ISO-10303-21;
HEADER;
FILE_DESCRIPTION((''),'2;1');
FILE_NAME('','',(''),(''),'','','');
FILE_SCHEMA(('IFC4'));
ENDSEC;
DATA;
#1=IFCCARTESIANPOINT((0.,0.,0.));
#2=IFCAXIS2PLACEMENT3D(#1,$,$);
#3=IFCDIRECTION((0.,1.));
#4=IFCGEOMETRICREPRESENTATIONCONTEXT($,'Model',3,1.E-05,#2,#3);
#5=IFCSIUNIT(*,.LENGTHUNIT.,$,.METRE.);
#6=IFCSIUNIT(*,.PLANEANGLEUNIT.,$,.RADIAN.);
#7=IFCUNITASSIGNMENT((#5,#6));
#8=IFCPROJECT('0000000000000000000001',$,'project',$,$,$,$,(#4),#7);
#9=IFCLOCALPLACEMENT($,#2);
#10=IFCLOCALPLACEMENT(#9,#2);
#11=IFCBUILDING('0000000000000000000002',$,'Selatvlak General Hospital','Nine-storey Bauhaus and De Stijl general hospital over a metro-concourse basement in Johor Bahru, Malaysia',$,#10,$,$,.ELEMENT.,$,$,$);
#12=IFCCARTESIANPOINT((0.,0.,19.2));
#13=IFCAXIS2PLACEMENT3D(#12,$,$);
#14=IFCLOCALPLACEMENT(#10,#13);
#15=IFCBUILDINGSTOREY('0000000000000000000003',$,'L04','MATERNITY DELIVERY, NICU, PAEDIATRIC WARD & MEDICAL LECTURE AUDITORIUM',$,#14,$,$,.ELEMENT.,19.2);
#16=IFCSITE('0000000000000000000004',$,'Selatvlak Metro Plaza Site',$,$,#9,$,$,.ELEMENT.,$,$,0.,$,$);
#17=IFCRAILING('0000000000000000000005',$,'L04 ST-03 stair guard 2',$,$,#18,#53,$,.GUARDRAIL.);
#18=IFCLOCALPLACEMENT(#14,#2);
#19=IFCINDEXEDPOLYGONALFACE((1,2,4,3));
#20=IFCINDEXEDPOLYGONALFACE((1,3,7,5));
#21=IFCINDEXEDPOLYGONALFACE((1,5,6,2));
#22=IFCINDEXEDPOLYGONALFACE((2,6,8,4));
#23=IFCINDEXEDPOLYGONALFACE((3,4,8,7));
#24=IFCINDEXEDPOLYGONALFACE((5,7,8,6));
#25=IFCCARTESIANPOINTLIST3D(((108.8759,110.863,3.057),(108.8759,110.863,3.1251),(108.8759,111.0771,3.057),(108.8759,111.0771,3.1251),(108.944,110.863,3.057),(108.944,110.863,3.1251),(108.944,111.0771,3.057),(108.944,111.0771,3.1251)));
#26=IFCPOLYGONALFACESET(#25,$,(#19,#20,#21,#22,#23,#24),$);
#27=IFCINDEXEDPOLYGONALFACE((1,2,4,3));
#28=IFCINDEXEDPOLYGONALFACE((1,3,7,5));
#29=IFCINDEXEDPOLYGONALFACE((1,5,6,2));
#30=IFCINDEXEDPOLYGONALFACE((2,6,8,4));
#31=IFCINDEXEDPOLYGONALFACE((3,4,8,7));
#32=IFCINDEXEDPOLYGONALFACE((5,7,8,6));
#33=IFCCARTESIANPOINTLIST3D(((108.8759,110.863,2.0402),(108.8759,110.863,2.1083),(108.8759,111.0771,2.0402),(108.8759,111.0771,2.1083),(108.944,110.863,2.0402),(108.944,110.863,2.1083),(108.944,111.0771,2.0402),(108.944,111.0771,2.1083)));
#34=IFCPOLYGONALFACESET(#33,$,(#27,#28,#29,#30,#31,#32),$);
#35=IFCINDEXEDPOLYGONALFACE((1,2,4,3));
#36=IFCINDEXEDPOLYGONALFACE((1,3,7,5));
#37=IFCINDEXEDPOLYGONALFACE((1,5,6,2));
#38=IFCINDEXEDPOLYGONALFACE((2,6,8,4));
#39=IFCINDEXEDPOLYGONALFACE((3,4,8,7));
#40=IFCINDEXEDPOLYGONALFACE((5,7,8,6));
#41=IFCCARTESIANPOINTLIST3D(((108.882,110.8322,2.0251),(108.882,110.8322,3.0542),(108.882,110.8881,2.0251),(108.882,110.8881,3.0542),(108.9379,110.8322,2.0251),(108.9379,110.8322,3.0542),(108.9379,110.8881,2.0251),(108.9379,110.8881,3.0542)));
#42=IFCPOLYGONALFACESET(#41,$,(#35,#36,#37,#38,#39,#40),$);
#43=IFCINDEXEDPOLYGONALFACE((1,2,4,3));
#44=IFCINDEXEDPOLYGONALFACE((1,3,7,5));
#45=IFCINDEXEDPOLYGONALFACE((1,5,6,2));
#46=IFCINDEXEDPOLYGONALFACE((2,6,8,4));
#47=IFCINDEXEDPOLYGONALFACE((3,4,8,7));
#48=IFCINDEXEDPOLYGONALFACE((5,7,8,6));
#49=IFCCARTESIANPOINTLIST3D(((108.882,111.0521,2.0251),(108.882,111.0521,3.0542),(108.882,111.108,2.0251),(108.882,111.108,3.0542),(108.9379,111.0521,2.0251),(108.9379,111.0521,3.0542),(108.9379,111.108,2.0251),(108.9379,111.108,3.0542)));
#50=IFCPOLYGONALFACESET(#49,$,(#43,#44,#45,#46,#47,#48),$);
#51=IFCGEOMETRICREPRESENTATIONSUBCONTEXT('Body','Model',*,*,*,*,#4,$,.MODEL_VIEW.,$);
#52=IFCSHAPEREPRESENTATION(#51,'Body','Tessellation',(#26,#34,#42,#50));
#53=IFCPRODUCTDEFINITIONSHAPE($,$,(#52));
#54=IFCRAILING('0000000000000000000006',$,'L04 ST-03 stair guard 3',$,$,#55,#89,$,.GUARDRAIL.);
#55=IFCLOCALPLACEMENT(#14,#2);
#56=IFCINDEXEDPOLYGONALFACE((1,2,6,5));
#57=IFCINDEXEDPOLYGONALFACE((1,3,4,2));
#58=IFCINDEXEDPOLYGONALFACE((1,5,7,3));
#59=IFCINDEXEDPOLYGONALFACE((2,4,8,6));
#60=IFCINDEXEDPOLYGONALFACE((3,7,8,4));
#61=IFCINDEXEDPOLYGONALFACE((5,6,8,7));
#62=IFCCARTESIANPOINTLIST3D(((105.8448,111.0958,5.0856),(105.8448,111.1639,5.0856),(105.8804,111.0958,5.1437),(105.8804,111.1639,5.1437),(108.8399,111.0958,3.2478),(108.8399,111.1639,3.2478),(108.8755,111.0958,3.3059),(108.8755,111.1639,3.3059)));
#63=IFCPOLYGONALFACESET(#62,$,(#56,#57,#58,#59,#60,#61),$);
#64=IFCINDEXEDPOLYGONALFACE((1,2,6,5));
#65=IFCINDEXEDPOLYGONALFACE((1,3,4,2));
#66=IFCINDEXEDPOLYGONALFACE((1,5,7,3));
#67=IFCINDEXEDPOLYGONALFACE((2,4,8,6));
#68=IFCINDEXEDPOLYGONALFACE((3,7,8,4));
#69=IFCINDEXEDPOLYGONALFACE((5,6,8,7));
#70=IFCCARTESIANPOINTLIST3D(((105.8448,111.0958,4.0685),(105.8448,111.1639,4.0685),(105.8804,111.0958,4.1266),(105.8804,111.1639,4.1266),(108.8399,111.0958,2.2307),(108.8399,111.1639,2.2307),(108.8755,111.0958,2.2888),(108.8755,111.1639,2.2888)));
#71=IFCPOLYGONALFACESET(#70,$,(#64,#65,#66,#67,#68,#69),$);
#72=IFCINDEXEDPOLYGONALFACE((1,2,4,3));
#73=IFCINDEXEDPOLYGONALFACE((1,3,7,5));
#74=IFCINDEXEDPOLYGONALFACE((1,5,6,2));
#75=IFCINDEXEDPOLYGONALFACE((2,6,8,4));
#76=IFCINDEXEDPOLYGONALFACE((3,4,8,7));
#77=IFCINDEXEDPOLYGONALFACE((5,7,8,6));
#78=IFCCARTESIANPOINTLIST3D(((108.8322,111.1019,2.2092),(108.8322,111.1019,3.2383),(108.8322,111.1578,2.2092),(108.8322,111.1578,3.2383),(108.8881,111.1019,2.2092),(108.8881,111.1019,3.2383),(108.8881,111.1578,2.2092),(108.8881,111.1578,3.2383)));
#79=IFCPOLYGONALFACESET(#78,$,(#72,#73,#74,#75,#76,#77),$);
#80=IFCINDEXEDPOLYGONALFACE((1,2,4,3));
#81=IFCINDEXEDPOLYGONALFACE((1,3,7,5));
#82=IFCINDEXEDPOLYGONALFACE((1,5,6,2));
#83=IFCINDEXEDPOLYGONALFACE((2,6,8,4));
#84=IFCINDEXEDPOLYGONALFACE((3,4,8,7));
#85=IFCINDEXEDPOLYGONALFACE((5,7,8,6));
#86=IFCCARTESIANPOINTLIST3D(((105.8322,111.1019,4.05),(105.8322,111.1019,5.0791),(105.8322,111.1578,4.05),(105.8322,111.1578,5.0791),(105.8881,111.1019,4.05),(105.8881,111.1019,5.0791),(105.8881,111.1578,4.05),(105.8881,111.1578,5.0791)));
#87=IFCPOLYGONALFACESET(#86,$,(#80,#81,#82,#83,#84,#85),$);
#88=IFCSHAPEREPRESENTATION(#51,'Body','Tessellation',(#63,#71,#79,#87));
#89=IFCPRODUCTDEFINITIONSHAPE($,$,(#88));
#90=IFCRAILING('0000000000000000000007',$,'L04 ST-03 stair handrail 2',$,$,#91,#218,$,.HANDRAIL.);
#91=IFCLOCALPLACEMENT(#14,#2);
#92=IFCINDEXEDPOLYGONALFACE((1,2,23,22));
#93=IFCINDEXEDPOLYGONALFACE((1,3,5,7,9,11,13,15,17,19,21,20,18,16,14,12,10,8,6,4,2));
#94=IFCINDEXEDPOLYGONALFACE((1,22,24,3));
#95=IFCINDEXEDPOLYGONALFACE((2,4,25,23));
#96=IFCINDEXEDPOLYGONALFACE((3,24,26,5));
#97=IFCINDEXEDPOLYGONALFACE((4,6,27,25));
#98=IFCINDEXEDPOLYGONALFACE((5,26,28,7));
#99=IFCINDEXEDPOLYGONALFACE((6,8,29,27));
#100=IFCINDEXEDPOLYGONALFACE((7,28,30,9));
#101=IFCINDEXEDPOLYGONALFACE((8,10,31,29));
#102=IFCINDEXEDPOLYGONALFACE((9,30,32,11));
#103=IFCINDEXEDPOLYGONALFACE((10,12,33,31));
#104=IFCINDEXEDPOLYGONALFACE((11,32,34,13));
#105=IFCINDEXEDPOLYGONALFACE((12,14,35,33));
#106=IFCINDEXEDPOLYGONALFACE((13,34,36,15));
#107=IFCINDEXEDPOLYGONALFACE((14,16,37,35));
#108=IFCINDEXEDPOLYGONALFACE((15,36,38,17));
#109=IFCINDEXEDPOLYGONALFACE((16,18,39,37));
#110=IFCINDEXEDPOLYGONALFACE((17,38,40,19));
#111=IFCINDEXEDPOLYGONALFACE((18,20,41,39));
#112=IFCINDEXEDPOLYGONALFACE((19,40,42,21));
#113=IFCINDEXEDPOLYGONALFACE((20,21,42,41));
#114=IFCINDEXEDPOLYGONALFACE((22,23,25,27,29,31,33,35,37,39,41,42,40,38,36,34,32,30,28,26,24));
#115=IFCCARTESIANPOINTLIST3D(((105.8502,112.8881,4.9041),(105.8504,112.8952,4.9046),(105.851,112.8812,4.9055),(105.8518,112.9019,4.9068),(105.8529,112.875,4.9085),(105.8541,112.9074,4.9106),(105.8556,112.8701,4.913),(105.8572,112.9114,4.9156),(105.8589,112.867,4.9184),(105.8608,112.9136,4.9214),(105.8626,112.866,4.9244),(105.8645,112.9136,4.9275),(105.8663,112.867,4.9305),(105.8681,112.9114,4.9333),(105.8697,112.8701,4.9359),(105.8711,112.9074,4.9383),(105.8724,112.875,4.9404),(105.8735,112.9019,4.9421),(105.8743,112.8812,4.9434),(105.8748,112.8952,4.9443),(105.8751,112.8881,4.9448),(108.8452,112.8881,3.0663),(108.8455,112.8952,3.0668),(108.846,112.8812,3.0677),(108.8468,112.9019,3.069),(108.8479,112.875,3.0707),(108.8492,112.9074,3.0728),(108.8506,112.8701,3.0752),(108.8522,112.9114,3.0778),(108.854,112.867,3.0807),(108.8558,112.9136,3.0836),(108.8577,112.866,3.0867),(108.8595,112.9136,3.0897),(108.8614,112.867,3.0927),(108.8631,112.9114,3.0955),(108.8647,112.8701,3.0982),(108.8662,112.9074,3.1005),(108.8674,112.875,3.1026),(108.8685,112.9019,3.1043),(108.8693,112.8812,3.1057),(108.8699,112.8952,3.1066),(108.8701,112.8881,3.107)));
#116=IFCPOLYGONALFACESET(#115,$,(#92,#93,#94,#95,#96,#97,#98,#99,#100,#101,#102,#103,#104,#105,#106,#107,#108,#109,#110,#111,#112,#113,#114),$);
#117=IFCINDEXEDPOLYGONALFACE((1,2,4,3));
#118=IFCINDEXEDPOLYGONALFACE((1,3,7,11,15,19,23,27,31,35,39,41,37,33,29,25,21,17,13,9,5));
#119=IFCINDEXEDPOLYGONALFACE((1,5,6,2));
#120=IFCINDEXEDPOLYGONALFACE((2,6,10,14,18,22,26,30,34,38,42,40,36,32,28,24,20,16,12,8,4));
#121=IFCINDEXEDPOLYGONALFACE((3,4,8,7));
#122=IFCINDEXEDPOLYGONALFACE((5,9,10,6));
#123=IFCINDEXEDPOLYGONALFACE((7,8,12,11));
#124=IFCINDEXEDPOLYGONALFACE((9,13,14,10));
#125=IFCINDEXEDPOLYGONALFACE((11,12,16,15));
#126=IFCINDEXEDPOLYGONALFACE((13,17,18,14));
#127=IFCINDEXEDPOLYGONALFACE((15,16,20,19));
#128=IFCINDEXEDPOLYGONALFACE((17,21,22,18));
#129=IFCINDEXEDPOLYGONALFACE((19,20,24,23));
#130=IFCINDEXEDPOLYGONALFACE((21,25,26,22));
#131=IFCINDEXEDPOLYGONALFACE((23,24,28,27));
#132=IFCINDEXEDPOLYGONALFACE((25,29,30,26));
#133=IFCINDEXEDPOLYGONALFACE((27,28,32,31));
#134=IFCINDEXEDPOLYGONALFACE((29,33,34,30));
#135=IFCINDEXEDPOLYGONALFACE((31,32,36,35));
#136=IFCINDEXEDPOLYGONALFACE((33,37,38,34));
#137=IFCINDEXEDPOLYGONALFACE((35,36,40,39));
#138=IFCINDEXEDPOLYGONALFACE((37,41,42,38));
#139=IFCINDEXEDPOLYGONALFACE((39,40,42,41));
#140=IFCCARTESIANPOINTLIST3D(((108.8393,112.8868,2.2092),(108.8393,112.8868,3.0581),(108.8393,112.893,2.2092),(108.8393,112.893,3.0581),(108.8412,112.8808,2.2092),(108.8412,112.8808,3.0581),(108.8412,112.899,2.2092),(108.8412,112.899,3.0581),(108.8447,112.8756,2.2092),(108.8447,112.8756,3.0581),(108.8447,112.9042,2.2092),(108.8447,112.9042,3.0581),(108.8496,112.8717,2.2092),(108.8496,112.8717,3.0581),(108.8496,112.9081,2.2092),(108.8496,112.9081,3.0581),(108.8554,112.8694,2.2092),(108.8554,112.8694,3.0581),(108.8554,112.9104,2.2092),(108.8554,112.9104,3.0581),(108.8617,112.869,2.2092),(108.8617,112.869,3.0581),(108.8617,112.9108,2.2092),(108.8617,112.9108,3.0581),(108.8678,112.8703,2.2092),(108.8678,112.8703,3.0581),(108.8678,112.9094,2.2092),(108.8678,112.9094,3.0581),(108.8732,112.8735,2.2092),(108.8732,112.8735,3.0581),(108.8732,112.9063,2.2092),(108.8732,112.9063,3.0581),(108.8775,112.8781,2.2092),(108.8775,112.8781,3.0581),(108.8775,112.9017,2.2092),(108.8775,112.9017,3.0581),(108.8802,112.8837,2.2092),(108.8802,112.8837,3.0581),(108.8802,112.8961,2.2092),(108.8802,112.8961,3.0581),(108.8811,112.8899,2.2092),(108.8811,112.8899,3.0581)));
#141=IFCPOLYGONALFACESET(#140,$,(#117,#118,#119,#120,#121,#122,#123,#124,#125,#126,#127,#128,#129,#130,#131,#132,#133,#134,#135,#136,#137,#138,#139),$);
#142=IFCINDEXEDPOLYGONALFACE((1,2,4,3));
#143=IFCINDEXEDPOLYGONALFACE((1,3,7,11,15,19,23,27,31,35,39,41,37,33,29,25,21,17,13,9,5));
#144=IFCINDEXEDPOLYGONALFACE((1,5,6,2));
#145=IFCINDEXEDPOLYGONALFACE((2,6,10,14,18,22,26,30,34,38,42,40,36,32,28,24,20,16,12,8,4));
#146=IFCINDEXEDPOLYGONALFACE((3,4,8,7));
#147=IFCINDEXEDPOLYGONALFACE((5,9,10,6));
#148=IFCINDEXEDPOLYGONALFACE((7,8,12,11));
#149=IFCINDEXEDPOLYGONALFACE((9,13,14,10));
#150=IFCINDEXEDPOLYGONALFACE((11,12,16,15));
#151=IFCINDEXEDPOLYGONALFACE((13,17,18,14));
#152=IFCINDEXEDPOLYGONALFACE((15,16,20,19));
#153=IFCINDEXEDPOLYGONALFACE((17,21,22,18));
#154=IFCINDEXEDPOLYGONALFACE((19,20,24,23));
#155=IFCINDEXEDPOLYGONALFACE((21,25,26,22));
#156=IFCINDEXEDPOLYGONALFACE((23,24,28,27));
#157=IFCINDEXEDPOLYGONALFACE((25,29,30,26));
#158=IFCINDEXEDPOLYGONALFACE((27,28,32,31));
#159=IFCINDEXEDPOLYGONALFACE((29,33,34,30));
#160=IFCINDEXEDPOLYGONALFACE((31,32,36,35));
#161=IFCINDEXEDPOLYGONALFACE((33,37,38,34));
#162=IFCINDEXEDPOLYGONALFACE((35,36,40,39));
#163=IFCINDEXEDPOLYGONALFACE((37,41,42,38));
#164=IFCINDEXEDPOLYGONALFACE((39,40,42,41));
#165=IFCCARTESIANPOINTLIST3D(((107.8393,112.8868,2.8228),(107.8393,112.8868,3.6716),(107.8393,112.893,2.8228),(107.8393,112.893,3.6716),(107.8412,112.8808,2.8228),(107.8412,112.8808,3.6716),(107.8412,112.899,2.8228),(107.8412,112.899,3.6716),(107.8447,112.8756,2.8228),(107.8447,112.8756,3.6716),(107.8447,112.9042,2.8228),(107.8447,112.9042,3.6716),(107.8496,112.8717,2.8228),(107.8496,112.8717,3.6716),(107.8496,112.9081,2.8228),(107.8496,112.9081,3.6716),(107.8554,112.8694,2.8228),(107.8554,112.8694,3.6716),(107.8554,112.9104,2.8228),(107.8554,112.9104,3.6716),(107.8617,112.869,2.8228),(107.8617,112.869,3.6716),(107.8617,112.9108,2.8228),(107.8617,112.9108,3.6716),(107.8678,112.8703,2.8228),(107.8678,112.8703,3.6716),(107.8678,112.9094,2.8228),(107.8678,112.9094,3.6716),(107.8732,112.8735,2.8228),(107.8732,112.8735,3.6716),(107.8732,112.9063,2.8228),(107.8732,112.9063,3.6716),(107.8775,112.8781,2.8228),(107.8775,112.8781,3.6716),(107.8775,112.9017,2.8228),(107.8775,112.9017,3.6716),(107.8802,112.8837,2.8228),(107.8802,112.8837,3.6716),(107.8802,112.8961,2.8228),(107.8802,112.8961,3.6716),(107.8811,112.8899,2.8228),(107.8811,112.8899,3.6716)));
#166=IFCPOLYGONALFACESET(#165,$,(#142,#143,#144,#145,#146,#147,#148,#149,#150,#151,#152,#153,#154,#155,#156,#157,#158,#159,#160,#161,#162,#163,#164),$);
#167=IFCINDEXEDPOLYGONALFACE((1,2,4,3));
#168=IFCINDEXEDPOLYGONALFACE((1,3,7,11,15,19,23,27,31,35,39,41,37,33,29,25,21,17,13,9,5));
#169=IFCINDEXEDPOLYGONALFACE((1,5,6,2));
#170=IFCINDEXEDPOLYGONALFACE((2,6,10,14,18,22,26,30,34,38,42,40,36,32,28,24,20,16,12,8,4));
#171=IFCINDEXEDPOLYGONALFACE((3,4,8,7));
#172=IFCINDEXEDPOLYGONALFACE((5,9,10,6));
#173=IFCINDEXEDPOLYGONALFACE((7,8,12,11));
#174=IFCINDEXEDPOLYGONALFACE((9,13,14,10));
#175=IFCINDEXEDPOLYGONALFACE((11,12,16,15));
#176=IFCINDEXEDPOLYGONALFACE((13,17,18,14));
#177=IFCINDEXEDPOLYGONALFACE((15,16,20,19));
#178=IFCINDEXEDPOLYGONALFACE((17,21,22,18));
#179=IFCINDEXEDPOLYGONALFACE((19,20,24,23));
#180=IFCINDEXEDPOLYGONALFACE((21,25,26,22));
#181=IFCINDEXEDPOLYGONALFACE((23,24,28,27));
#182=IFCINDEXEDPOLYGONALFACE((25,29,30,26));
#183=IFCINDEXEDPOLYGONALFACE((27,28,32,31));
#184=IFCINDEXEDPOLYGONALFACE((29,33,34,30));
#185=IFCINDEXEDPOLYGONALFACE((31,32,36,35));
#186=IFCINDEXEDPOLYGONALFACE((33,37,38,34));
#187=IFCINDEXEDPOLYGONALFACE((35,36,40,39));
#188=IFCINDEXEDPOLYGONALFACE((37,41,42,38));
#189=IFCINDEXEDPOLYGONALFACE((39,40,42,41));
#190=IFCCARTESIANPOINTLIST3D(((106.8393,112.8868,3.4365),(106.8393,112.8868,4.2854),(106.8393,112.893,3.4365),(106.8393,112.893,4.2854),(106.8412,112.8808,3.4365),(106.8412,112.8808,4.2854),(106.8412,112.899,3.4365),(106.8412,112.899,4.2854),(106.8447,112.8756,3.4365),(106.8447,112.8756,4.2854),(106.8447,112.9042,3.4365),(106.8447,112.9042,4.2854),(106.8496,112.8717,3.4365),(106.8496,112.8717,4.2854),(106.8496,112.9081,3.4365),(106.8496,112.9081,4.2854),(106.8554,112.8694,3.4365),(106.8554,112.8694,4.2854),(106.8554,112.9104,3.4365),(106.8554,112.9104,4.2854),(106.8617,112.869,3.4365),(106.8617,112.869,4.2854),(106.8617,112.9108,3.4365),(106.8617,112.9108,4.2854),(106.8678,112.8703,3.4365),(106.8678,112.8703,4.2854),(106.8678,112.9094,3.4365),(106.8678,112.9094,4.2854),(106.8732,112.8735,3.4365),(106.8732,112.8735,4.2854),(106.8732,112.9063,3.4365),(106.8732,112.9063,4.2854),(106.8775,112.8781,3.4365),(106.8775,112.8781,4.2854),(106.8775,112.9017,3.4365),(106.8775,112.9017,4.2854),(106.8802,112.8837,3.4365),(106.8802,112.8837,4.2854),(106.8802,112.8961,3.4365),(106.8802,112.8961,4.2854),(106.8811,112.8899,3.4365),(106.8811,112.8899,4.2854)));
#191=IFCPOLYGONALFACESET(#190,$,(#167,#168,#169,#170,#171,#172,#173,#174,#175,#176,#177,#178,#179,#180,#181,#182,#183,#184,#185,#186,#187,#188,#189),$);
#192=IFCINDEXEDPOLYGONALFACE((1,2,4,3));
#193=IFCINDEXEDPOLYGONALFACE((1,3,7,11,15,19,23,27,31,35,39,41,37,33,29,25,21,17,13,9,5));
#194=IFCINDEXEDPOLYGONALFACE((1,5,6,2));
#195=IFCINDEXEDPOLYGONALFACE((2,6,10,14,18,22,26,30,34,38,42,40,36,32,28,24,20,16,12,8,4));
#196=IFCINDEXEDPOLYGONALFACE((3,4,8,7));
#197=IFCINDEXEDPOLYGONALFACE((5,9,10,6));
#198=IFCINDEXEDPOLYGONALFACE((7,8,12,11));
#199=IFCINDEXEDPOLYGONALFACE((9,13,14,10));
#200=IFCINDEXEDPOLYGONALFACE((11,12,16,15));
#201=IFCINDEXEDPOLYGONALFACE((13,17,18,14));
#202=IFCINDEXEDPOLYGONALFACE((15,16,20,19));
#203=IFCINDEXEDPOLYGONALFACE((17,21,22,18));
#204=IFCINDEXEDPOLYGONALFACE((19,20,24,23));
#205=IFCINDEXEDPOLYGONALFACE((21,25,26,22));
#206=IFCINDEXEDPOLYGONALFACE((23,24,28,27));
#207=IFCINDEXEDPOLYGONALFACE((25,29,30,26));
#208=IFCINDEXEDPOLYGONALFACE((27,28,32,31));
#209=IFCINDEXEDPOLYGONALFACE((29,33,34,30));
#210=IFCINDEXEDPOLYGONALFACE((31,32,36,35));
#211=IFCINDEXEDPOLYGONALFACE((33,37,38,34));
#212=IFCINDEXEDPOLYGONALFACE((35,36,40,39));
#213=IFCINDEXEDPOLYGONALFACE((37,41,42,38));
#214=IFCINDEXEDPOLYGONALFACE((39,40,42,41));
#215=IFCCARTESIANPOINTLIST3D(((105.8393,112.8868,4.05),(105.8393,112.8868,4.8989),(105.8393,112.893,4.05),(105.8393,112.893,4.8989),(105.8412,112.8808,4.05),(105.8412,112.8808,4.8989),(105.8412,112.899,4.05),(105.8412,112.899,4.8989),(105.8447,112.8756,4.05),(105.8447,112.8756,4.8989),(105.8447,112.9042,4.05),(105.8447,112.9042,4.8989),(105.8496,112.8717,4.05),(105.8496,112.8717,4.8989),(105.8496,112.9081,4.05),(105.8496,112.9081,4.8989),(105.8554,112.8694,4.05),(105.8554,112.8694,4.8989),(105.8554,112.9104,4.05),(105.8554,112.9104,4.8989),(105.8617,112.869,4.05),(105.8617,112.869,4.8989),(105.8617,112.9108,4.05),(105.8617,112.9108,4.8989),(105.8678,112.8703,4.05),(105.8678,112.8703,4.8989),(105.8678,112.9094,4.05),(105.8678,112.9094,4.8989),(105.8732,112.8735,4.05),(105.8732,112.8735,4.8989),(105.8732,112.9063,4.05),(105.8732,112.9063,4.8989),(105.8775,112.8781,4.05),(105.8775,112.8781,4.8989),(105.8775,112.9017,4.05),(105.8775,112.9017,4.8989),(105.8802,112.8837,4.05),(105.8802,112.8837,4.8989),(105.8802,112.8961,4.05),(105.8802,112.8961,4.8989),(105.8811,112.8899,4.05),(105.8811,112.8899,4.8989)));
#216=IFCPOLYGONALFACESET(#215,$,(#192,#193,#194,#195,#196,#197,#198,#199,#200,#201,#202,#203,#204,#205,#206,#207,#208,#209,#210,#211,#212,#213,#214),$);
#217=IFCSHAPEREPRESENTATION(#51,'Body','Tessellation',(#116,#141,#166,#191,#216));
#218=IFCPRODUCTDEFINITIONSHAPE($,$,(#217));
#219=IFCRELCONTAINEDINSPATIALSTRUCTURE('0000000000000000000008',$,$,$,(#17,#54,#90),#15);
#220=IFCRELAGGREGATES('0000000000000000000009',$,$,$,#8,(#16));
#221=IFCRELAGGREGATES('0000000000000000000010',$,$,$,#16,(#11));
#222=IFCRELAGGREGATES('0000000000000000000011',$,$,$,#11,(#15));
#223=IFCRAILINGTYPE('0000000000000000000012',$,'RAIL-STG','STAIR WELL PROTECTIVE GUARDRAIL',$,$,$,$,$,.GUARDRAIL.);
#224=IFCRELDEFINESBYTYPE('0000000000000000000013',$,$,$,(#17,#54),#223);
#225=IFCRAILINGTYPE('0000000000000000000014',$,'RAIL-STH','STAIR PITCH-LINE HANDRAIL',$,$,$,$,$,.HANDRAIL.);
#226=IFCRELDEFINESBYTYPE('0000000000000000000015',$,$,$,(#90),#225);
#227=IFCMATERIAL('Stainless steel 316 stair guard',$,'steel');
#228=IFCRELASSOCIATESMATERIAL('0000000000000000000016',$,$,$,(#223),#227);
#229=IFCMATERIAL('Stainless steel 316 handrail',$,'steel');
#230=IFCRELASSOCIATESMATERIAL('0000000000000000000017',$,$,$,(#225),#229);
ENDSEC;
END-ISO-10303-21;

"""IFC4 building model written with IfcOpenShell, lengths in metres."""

from ifc_helpers import new_model, si_unit, direction, frame, origin, origin_2d, place, context, subcontext, project, spatial, rectangle, circle, extrude, material, type_object, element, save


model = new_model("IFC4")

# Units and contexts
model_context = context("Model", 3, precision=1e-05, world=origin(), true_north=direction((0.0, 1.0)))
body_context = subcontext(model_context, "Body", "Model", "MODEL_VIEW")
ifc_project = project(units=[si_unit("LENGTHUNIT", "METRE"), si_unit("PLANEANGLEUNIT", "RADIAN")], contexts=[model_context])

# Site, building, storey
site_placement = place(None, origin())
site = spatial("IfcSite", under=ifc_project, at=site_placement, Name="Selatvlak Metro Plaza Site", CompositionType="ELEMENT", RefElevation=0.0)
building_placement = place(site_placement, origin())
building = spatial("IfcBuilding", under=site, at=building_placement, Name="Selatvlak General Hospital", Description="Nine-storey Bauhaus and De Stijl general hospital over a metro-concourse basement in Johor Bahru, Malaysia", CompositionType="ELEMENT")
storey_placement = place(building_placement, frame((0.0, 0.0, 19.2)))
storey = spatial("IfcBuildingStorey", under=building, at=storey_placement, Name="L04", Description="MATERNITY DELIVERY, NICU, PAEDIATRIC WARD & MEDICAL LECTURE AUDITORIUM", CompositionType="ELEMENT", Elevation=19.2)

# Railings
ifc_material_1 = material(Name="Stainless steel 316 stair guard", Category="steel")
railing_type_1 = type_object("IfcRailingType", Name="RAIL-STG", Description="STAIR WELL PROTECTIVE GUARDRAIL", PredefinedType="GUARDRAIL", material=ifc_material_1)
railing_1_placement = place(storey_placement, frame((108.9099, 110.8601, 2.0251)))
element("IfcRailing", 1, at=railing_1_placement, inside=storey, type_object=railing_type_1, Name="L04 ST-03 stair guard 2", PredefinedType="GUARDRAIL", context=body_context, shape_type="SweptSolid", body=[
    extrude(rectangle(XDim=0.0681, YDim=0.0681, at=origin_2d()), frame((0.0, 0.0029, 1.0659), z_axis=(0.0, 1.0, 0.0), x_axis=(-1.0, 0.0, 0.0)), (0.0, 0.0, 1.0), 0.2141),
    extrude(rectangle(XDim=0.0681, YDim=0.0681, at=origin_2d()), frame((0.0, 0.0029, 0.0491), z_axis=(0.0, 1.0, 0.0), x_axis=(-1.0, 0.0, 0.0)), (0.0, 0.0, 1.0), 0.2141),
    extrude(rectangle(XDim=0.0559, YDim=0.0559, at=origin_2d()), origin(), (0.0, 0.0, 1.0), 1.0291),
    extrude(rectangle(XDim=0.0559, YDim=0.0559, at=origin_2d()), frame((0.0, 0.22, 0.0)), (0.0, 0.0, 1.0), 1.0291),
])
railing_2_placement = place(storey_placement, frame((108.8601, 111.1299, 2.2092)))
element("IfcRailing", 2, at=railing_2_placement, inside=storey, type_object=railing_type_1, Name="L04 ST-03 stair guard 3", PredefinedType="GUARDRAIL", context=body_context, shape_type="SweptSolid", body=[
    extrude(rectangle(XDim=0.0681, YDim=0.0681, at=origin_2d()), frame((-0.0024, 0.0, 1.0676), z_axis=(-0.852334, 0.0, 0.522998), x_axis=(0.0, -1.0, 0.0)), (0.0, 0.0, 1.0), 3.5139),
    extrude(rectangle(XDim=0.0681, YDim=0.0681, at=origin_2d()), frame((-0.0024, 0.0, 0.0505), z_axis=(-0.852334, 0.0, 0.522998), x_axis=(0.0, -1.0, 0.0)), (0.0, 0.0, 1.0), 3.5139),
    extrude(rectangle(XDim=0.0559, YDim=0.0559, at=origin_2d()), origin(), (0.0, 0.0, 1.0), 1.0291),
    extrude(rectangle(XDim=0.0559, YDim=0.0559, at=origin_2d()), frame((-3.0, 0.0, 1.8408)), (0.0, 0.0, 1.0), 1.0291),
])
ifc_material_2 = material(Name="Stainless steel 316 handrail", Category="steel")
railing_type_2 = type_object("IfcRailingType", Name="RAIL-STH", Description="STAIR PITCH-LINE HANDRAIL", PredefinedType="HANDRAIL", material=ifc_material_2)
railing_3_placement = place(storey_placement, frame((108.8601, 112.8899, 2.2092)))
element("IfcRailing", 3, at=railing_3_placement, inside=storey, type_object=railing_type_2, Name="L04 ST-03 stair handrail 2", PredefinedType="HANDRAIL", context=body_context, shape_type="SweptSolid", body=[
    extrude(circle(Radius=0.0239, at=origin_2d()), frame((-0.0024, 0.0, 0.8774), z_axis=(-0.852334, 0.0, 0.522998), x_axis=(0.0, -1.0, 0.0)), (0.0, 0.0, 1.0), 3.5139),
    extrude(circle(Radius=0.021, at=origin_2d()), origin(), (0.0, 0.0, 1.0), 0.8489),
    extrude(circle(Radius=0.021, at=origin_2d()), frame((-1.0, 0.0, 0.6135)), (0.0, 0.0, 1.0), 0.8489),
    extrude(circle(Radius=0.021, at=origin_2d()), frame((-2.0, 0.0, 1.2273)), (0.0, 0.0, 1.0), 0.8489),
    extrude(circle(Radius=0.021, at=origin_2d()), frame((-3.0, 0.0, 1.8408)), (0.0, 0.0, 1.0), 0.8489),
])

save(model, "model.ifc")
